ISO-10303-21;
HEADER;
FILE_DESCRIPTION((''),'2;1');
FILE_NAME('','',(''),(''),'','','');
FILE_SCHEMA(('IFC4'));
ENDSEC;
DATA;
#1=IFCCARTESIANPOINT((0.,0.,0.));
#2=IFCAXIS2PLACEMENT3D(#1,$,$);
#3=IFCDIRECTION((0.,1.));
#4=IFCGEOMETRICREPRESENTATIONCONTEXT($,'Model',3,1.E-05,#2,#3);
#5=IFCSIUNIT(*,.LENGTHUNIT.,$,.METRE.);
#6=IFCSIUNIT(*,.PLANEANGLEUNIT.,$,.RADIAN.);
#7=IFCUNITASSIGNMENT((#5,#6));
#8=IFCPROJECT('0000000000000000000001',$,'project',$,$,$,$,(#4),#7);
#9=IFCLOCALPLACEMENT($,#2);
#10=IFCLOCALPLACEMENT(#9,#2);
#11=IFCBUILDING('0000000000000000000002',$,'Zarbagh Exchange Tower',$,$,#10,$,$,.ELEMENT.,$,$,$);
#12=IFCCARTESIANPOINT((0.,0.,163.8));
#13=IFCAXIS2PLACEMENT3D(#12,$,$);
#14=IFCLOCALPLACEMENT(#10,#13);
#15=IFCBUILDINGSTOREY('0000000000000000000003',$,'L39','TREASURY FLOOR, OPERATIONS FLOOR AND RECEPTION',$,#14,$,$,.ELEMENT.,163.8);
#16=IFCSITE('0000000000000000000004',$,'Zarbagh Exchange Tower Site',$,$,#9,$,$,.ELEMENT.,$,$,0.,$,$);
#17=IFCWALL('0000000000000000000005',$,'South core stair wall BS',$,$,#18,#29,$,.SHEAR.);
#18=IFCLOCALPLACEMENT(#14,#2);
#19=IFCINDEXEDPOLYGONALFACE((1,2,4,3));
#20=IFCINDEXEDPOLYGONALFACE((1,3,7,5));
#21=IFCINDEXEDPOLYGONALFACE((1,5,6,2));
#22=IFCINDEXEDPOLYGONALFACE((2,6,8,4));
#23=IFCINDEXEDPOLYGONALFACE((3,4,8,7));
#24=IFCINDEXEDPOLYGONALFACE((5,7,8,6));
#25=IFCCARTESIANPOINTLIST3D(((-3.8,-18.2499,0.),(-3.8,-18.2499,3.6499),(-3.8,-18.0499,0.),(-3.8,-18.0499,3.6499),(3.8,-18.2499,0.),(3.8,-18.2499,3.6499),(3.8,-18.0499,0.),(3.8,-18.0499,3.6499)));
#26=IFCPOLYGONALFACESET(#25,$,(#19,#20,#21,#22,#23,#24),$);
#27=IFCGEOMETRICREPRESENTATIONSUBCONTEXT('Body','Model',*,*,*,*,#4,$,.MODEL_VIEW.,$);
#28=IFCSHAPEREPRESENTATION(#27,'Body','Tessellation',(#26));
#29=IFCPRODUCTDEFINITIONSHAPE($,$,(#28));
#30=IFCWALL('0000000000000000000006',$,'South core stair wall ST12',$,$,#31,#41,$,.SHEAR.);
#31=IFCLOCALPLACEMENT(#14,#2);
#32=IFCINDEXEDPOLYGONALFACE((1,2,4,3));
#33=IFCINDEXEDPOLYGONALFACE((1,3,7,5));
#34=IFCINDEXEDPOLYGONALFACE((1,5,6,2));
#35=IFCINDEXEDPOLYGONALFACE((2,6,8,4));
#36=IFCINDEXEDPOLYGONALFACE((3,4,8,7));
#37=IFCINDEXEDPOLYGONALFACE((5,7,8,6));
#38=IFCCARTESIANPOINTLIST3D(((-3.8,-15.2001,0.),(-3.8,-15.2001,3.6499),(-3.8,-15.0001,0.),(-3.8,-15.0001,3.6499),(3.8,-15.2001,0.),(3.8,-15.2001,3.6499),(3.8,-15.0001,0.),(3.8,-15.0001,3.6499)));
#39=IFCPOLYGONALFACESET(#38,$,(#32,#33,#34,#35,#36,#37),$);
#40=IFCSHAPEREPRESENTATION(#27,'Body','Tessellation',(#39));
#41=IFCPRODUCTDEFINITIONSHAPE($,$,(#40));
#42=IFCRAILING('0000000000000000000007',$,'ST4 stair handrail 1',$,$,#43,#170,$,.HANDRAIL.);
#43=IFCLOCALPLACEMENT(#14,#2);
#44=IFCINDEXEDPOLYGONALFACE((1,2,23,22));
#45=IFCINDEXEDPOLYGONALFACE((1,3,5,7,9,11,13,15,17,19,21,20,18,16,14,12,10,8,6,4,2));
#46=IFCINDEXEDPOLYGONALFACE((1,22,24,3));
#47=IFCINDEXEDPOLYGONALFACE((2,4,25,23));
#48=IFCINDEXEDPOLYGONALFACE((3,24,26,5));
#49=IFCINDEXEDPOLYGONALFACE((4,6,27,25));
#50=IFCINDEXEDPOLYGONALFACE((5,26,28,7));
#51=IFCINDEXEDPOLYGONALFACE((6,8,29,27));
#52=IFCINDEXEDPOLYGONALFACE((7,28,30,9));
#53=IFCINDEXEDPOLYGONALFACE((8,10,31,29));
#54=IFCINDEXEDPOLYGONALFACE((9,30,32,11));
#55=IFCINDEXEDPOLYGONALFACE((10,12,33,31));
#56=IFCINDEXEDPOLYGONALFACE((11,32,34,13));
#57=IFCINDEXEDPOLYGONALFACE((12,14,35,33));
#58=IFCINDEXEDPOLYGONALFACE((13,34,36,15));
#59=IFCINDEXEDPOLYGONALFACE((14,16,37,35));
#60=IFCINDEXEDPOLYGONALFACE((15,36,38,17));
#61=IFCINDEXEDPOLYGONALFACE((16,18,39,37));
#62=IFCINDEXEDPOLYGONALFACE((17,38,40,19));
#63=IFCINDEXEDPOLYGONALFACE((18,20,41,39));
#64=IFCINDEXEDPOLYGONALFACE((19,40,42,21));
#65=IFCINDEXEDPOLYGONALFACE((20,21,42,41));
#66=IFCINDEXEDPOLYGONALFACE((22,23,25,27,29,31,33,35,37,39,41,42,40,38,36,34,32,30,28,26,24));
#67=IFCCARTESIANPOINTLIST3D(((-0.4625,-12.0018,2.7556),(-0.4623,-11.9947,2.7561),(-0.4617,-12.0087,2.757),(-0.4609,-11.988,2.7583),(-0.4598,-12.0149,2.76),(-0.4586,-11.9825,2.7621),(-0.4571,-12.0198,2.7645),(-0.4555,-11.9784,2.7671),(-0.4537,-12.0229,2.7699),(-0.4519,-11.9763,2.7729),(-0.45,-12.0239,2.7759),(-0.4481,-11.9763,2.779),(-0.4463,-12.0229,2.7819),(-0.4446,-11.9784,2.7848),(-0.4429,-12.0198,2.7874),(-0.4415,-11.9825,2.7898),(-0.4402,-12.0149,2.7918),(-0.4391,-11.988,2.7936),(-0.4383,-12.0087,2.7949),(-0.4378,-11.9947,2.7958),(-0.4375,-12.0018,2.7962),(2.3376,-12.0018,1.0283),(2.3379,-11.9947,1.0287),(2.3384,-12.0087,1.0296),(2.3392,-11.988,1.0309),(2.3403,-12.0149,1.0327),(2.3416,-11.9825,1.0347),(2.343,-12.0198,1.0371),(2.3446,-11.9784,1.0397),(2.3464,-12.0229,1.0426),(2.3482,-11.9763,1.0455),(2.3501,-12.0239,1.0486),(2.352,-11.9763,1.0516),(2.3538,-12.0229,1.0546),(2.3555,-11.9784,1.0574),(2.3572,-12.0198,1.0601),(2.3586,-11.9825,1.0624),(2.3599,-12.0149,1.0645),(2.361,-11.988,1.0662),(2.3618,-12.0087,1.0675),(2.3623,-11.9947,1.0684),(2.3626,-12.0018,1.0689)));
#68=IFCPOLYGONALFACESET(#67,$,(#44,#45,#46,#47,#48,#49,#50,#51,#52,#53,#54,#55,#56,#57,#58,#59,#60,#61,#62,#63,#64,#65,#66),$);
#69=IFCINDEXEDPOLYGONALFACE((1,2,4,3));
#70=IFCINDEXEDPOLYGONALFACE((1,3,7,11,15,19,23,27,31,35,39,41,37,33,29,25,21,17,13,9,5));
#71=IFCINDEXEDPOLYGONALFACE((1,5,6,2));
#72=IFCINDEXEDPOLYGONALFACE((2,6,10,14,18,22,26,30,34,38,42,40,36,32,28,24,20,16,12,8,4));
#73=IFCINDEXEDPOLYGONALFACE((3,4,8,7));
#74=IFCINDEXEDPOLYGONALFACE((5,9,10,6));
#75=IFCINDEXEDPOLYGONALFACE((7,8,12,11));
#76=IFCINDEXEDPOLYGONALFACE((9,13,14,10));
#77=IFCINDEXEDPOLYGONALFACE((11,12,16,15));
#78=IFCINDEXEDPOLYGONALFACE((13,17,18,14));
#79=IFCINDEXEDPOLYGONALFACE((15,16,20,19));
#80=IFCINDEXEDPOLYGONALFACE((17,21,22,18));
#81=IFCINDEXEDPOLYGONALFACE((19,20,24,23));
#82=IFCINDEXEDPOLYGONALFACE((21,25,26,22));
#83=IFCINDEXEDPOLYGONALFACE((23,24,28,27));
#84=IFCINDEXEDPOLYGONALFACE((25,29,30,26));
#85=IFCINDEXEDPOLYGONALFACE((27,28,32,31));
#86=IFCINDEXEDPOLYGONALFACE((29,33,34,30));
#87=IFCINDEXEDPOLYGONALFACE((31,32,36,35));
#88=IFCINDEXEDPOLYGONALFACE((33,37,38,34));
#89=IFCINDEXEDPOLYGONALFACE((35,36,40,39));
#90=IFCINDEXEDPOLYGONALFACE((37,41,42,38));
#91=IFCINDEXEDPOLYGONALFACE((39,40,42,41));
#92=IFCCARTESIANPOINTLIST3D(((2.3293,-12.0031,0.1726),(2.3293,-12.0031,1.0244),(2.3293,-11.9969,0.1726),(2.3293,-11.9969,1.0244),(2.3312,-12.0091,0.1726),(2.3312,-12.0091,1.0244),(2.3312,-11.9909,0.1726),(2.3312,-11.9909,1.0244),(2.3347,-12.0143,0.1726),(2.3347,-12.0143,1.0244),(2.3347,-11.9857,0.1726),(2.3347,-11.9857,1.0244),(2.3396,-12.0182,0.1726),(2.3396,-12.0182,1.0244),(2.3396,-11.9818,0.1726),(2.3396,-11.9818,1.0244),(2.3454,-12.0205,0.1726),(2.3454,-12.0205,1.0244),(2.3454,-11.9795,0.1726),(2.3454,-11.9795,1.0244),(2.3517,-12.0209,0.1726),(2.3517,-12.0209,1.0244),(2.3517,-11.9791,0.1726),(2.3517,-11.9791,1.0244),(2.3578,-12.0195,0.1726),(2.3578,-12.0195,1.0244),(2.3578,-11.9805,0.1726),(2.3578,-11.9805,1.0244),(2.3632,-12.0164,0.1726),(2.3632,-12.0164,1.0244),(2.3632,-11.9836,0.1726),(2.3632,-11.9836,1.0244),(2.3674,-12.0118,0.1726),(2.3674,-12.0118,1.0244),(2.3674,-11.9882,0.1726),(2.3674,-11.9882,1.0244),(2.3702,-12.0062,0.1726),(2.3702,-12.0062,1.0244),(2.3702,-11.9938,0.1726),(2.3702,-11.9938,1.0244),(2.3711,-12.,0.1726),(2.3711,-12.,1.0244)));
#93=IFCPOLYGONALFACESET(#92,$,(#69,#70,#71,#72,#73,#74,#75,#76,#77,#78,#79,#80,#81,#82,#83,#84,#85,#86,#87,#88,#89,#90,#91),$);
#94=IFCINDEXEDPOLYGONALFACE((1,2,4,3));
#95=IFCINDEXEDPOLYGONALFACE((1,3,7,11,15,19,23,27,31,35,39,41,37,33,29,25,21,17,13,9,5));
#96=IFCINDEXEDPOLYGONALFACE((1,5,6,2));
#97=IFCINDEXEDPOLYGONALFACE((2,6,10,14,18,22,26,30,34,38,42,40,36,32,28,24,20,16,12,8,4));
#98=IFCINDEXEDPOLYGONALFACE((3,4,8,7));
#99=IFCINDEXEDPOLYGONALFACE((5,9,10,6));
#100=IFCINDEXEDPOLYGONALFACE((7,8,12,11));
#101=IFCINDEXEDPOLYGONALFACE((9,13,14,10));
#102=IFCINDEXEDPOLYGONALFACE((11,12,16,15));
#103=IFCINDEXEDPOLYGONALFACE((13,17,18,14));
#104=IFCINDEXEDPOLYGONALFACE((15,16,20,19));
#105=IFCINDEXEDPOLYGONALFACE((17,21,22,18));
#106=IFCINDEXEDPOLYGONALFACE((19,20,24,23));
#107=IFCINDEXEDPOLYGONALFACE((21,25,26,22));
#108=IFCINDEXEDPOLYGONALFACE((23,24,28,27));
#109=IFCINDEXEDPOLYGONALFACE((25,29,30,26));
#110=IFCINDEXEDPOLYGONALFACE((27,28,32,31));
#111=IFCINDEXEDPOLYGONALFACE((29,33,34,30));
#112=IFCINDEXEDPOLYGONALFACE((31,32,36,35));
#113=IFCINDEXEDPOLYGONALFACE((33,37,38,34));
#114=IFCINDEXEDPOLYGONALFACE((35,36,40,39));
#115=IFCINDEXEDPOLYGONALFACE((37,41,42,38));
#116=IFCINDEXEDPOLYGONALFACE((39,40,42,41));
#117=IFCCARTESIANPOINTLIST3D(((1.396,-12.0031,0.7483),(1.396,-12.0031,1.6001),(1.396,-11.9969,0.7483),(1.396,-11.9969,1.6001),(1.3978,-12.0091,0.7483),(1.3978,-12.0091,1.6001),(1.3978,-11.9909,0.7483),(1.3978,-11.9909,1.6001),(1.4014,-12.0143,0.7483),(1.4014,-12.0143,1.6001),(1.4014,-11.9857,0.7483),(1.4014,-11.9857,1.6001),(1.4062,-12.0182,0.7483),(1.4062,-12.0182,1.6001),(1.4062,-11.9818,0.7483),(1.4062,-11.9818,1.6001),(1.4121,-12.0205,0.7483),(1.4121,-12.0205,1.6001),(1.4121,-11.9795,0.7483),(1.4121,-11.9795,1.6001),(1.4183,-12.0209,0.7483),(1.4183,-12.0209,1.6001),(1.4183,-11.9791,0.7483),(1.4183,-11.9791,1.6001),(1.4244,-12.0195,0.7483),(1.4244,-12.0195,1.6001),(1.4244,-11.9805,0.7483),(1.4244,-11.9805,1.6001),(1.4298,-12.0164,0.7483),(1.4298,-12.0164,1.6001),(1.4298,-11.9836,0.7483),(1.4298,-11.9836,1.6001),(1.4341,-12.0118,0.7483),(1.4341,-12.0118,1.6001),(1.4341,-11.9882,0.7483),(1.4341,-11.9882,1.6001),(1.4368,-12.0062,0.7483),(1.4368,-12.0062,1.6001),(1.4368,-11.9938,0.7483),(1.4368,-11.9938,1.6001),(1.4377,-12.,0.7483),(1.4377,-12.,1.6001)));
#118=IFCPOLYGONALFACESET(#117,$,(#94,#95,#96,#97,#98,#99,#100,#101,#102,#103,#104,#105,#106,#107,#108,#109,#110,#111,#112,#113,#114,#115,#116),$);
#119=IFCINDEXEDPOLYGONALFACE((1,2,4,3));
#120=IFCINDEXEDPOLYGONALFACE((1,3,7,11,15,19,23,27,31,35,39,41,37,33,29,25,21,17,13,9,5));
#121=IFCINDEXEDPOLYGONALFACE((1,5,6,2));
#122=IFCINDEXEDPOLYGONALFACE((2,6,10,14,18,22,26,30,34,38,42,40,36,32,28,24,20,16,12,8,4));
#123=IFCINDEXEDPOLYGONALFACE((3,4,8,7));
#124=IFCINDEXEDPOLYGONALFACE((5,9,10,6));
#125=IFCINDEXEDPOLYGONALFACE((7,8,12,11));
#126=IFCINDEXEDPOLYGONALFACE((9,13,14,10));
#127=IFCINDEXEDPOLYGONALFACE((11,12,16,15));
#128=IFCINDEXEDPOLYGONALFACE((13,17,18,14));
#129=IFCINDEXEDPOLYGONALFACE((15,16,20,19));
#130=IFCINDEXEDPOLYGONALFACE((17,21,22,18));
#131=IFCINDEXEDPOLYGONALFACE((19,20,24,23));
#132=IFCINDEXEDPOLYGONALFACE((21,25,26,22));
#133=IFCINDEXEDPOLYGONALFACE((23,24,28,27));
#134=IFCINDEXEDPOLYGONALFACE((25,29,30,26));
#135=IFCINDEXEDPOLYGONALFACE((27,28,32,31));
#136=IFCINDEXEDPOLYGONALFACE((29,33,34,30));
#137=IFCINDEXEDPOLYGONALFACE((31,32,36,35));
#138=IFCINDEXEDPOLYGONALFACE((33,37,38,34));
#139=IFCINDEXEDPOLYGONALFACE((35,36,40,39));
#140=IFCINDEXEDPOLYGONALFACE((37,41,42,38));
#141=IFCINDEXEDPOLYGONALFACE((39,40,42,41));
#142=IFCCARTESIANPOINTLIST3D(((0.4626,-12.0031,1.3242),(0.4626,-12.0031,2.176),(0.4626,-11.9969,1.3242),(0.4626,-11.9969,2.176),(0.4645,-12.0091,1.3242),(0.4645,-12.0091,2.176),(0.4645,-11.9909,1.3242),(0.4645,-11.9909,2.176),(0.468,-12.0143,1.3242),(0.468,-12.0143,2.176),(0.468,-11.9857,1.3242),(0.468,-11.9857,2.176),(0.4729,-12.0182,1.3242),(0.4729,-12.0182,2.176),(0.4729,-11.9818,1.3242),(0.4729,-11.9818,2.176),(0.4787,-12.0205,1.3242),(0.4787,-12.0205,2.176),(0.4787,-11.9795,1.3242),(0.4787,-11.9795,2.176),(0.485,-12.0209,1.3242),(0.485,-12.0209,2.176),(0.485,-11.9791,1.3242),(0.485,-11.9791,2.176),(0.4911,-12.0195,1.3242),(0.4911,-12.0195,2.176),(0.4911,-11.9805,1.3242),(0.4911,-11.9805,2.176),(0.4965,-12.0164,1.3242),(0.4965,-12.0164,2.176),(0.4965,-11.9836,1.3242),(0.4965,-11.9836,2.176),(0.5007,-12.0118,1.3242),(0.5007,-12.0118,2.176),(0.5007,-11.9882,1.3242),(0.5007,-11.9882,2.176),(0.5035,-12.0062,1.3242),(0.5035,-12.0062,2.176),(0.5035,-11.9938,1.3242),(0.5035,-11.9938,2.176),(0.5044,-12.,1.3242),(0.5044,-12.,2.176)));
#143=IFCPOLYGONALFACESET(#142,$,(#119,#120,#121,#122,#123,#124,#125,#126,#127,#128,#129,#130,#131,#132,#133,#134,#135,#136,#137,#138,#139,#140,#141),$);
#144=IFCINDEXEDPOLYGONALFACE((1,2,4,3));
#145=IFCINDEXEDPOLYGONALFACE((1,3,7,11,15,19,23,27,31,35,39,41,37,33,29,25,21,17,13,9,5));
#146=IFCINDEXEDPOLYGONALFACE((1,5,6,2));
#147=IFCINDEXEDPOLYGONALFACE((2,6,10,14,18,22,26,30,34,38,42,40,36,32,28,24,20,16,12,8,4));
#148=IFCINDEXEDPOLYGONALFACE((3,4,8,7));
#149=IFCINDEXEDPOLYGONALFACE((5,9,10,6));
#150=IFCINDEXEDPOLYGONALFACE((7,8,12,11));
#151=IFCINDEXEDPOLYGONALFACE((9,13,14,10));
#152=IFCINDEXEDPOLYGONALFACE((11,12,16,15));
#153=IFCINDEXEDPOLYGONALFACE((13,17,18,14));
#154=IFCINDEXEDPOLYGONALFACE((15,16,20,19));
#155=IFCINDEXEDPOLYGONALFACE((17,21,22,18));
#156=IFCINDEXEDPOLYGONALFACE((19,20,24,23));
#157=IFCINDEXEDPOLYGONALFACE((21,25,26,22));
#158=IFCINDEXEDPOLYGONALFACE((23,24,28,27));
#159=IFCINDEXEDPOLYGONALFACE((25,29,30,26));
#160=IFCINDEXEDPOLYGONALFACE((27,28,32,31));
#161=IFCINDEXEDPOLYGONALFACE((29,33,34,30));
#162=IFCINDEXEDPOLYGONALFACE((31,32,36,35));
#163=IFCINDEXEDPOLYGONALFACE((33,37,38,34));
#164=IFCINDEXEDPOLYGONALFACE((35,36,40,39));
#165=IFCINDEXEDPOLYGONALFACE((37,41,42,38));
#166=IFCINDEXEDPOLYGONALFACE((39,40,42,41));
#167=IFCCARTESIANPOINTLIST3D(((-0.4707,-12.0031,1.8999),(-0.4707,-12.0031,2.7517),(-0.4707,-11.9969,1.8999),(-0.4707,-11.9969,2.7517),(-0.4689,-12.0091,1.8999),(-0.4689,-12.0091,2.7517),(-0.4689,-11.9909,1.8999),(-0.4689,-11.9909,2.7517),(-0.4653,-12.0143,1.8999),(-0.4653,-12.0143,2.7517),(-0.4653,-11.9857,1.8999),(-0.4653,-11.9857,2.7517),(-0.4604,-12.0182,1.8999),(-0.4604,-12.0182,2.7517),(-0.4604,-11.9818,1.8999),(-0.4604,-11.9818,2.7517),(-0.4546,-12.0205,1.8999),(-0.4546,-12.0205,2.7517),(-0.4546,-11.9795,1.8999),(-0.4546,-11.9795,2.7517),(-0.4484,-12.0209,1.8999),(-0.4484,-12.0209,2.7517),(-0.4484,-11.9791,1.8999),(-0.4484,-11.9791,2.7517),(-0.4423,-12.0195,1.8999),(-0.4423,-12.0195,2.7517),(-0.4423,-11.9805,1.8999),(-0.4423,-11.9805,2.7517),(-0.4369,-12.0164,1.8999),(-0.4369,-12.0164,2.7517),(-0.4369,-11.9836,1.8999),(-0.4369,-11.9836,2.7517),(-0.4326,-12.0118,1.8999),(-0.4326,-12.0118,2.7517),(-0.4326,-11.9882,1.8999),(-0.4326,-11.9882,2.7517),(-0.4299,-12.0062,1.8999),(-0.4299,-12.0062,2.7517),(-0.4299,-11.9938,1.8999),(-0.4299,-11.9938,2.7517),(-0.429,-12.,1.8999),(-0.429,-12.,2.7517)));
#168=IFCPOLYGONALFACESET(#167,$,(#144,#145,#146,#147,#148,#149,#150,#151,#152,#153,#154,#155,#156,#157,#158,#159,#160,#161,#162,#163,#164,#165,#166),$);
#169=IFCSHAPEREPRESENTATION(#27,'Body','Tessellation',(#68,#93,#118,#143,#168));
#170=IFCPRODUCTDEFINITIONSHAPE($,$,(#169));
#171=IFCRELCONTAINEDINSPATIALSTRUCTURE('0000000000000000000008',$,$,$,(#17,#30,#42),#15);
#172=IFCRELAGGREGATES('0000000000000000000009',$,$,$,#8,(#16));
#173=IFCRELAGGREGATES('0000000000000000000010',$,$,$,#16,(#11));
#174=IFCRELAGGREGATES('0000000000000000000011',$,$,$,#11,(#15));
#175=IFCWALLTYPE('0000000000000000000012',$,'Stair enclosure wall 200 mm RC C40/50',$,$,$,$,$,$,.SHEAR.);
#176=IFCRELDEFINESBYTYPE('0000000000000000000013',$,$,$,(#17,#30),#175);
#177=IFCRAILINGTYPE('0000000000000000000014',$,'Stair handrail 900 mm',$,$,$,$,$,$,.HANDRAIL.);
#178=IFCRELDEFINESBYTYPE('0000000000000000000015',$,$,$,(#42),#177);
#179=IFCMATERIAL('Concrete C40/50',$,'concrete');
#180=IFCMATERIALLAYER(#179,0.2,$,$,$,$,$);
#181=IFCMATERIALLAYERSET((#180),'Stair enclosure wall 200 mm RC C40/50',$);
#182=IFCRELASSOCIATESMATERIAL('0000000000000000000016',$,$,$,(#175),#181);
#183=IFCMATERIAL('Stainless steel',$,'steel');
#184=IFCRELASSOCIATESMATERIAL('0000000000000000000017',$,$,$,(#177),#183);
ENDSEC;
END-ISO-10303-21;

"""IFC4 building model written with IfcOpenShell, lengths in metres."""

from ifc_helpers import new_model, si_unit, direction, frame, frame_2d, origin, origin_2d, place, context, subcontext, project, spatial, rectangle, circle, extrude, material, layer, layer_set, type_object, element, save


model = new_model("IFC4")

# Units and contexts
model_context = context("Model", 3, precision=1e-05, world=origin(), true_north=direction((0.0, 1.0)))
body_context = subcontext(model_context, "Body", "Model", "MODEL_VIEW")
ifc_project = project(units=[si_unit("LENGTHUNIT", "METRE"), si_unit("PLANEANGLEUNIT", "RADIAN")], contexts=[model_context])

# Site, building, storey
site_placement = place(None, origin())
site = spatial("IfcSite", under=ifc_project, at=site_placement, Name="Zarbagh Exchange Tower Site", CompositionType="ELEMENT", RefElevation=0.0)
building_placement = place(site_placement, origin())
building = spatial("IfcBuilding", under=site, at=building_placement, Name="Zarbagh Exchange Tower", CompositionType="ELEMENT")
storey_placement = place(building_placement, frame((0.0, 0.0, 163.8)))
storey = spatial("IfcBuildingStorey", under=building, at=storey_placement, Name="L39", Description="TREASURY FLOOR, OPERATIONS FLOOR AND RECEPTION", CompositionType="ELEMENT", Elevation=163.8)

# Walls
ifc_material_1 = material(Name="Concrete C40/50", Category="concrete")
ifc_layer_1 = layer(ifc_material_1, 0.2)
ifc_layer_set_1 = layer_set([ifc_layer_1], Name="Stair enclosure wall 200 mm RC C40/50")
wall_type_1 = type_object("IfcWallType", Name="Stair enclosure wall 200 mm RC C40/50", PredefinedType="SHEAR", material=ifc_layer_set_1)
for number, where, z_axis, x_axis, name in (
    (1, (3.8, -18.1499, 0.0), (0.0, 0.0, 1.0), (-1.0, 0.0, 0.0), "South core stair wall BS"),
    (2, (3.8, -15.1001, 0.0), (0.0, 0.0, 1.0), (-1.0, 0.0, 0.0), "South core stair wall ST12"),
):
    element("IfcWall", number, at=place(storey_placement, frame(where, z_axis=z_axis, x_axis=x_axis)), inside=storey, type_object=wall_type_1, Name=name, PredefinedType="SHEAR", context=body_context, shape_type="SweptSolid", body=[
        extrude(rectangle(XDim=7.6001, YDim=0.2, at=frame_2d((3.8, 0.0))), origin(), (0.0, 0.0, 1.0), 3.6499),
    ])

# Railing
ifc_material_2 = material(Name="Stainless steel", Category="steel")
railing_type = type_object("IfcRailingType", Name="Stair handrail 900 mm", PredefinedType="HANDRAIL", material=ifc_material_2)
railing_placement = place(storey_placement, frame((2.3501, -12.0, 0.1726)))
element("IfcRailing", 3, at=railing_placement, inside=storey, type_object=railing_type, Name="ST4 stair handrail 1", PredefinedType="HANDRAIL", context=body_context, shape_type="SweptSolid", body=[
    extrude(circle(Radius=0.0239, at=origin_2d()), frame((0.0, 0.0, 0.876), z_axis=(-0.85109, 0.0, 0.52502), x_axis=(0.0, -1.0, 0.0)), (0.0, 0.0, 1.0), 3.29),
    extrude(circle(Radius=0.021, at=origin_2d()), origin(), (0.0, 0.0, 1.0), 0.8518),
    extrude(circle(Radius=0.021, at=origin_2d()), frame((-0.9333, 0.0, 0.5757)), (0.0, 0.0, 1.0), 0.8518),
    extrude(circle(Radius=0.021, at=origin_2d()), frame((-1.8667, 0.0, 1.1516)), (0.0, 0.0, 1.0), 0.8518),
    extrude(circle(Radius=0.021, at=origin_2d()), frame((-2.8, 0.0, 1.7273)), (0.0, 0.0, 1.0), 0.8518),
])

save(model, "model.ifc")
